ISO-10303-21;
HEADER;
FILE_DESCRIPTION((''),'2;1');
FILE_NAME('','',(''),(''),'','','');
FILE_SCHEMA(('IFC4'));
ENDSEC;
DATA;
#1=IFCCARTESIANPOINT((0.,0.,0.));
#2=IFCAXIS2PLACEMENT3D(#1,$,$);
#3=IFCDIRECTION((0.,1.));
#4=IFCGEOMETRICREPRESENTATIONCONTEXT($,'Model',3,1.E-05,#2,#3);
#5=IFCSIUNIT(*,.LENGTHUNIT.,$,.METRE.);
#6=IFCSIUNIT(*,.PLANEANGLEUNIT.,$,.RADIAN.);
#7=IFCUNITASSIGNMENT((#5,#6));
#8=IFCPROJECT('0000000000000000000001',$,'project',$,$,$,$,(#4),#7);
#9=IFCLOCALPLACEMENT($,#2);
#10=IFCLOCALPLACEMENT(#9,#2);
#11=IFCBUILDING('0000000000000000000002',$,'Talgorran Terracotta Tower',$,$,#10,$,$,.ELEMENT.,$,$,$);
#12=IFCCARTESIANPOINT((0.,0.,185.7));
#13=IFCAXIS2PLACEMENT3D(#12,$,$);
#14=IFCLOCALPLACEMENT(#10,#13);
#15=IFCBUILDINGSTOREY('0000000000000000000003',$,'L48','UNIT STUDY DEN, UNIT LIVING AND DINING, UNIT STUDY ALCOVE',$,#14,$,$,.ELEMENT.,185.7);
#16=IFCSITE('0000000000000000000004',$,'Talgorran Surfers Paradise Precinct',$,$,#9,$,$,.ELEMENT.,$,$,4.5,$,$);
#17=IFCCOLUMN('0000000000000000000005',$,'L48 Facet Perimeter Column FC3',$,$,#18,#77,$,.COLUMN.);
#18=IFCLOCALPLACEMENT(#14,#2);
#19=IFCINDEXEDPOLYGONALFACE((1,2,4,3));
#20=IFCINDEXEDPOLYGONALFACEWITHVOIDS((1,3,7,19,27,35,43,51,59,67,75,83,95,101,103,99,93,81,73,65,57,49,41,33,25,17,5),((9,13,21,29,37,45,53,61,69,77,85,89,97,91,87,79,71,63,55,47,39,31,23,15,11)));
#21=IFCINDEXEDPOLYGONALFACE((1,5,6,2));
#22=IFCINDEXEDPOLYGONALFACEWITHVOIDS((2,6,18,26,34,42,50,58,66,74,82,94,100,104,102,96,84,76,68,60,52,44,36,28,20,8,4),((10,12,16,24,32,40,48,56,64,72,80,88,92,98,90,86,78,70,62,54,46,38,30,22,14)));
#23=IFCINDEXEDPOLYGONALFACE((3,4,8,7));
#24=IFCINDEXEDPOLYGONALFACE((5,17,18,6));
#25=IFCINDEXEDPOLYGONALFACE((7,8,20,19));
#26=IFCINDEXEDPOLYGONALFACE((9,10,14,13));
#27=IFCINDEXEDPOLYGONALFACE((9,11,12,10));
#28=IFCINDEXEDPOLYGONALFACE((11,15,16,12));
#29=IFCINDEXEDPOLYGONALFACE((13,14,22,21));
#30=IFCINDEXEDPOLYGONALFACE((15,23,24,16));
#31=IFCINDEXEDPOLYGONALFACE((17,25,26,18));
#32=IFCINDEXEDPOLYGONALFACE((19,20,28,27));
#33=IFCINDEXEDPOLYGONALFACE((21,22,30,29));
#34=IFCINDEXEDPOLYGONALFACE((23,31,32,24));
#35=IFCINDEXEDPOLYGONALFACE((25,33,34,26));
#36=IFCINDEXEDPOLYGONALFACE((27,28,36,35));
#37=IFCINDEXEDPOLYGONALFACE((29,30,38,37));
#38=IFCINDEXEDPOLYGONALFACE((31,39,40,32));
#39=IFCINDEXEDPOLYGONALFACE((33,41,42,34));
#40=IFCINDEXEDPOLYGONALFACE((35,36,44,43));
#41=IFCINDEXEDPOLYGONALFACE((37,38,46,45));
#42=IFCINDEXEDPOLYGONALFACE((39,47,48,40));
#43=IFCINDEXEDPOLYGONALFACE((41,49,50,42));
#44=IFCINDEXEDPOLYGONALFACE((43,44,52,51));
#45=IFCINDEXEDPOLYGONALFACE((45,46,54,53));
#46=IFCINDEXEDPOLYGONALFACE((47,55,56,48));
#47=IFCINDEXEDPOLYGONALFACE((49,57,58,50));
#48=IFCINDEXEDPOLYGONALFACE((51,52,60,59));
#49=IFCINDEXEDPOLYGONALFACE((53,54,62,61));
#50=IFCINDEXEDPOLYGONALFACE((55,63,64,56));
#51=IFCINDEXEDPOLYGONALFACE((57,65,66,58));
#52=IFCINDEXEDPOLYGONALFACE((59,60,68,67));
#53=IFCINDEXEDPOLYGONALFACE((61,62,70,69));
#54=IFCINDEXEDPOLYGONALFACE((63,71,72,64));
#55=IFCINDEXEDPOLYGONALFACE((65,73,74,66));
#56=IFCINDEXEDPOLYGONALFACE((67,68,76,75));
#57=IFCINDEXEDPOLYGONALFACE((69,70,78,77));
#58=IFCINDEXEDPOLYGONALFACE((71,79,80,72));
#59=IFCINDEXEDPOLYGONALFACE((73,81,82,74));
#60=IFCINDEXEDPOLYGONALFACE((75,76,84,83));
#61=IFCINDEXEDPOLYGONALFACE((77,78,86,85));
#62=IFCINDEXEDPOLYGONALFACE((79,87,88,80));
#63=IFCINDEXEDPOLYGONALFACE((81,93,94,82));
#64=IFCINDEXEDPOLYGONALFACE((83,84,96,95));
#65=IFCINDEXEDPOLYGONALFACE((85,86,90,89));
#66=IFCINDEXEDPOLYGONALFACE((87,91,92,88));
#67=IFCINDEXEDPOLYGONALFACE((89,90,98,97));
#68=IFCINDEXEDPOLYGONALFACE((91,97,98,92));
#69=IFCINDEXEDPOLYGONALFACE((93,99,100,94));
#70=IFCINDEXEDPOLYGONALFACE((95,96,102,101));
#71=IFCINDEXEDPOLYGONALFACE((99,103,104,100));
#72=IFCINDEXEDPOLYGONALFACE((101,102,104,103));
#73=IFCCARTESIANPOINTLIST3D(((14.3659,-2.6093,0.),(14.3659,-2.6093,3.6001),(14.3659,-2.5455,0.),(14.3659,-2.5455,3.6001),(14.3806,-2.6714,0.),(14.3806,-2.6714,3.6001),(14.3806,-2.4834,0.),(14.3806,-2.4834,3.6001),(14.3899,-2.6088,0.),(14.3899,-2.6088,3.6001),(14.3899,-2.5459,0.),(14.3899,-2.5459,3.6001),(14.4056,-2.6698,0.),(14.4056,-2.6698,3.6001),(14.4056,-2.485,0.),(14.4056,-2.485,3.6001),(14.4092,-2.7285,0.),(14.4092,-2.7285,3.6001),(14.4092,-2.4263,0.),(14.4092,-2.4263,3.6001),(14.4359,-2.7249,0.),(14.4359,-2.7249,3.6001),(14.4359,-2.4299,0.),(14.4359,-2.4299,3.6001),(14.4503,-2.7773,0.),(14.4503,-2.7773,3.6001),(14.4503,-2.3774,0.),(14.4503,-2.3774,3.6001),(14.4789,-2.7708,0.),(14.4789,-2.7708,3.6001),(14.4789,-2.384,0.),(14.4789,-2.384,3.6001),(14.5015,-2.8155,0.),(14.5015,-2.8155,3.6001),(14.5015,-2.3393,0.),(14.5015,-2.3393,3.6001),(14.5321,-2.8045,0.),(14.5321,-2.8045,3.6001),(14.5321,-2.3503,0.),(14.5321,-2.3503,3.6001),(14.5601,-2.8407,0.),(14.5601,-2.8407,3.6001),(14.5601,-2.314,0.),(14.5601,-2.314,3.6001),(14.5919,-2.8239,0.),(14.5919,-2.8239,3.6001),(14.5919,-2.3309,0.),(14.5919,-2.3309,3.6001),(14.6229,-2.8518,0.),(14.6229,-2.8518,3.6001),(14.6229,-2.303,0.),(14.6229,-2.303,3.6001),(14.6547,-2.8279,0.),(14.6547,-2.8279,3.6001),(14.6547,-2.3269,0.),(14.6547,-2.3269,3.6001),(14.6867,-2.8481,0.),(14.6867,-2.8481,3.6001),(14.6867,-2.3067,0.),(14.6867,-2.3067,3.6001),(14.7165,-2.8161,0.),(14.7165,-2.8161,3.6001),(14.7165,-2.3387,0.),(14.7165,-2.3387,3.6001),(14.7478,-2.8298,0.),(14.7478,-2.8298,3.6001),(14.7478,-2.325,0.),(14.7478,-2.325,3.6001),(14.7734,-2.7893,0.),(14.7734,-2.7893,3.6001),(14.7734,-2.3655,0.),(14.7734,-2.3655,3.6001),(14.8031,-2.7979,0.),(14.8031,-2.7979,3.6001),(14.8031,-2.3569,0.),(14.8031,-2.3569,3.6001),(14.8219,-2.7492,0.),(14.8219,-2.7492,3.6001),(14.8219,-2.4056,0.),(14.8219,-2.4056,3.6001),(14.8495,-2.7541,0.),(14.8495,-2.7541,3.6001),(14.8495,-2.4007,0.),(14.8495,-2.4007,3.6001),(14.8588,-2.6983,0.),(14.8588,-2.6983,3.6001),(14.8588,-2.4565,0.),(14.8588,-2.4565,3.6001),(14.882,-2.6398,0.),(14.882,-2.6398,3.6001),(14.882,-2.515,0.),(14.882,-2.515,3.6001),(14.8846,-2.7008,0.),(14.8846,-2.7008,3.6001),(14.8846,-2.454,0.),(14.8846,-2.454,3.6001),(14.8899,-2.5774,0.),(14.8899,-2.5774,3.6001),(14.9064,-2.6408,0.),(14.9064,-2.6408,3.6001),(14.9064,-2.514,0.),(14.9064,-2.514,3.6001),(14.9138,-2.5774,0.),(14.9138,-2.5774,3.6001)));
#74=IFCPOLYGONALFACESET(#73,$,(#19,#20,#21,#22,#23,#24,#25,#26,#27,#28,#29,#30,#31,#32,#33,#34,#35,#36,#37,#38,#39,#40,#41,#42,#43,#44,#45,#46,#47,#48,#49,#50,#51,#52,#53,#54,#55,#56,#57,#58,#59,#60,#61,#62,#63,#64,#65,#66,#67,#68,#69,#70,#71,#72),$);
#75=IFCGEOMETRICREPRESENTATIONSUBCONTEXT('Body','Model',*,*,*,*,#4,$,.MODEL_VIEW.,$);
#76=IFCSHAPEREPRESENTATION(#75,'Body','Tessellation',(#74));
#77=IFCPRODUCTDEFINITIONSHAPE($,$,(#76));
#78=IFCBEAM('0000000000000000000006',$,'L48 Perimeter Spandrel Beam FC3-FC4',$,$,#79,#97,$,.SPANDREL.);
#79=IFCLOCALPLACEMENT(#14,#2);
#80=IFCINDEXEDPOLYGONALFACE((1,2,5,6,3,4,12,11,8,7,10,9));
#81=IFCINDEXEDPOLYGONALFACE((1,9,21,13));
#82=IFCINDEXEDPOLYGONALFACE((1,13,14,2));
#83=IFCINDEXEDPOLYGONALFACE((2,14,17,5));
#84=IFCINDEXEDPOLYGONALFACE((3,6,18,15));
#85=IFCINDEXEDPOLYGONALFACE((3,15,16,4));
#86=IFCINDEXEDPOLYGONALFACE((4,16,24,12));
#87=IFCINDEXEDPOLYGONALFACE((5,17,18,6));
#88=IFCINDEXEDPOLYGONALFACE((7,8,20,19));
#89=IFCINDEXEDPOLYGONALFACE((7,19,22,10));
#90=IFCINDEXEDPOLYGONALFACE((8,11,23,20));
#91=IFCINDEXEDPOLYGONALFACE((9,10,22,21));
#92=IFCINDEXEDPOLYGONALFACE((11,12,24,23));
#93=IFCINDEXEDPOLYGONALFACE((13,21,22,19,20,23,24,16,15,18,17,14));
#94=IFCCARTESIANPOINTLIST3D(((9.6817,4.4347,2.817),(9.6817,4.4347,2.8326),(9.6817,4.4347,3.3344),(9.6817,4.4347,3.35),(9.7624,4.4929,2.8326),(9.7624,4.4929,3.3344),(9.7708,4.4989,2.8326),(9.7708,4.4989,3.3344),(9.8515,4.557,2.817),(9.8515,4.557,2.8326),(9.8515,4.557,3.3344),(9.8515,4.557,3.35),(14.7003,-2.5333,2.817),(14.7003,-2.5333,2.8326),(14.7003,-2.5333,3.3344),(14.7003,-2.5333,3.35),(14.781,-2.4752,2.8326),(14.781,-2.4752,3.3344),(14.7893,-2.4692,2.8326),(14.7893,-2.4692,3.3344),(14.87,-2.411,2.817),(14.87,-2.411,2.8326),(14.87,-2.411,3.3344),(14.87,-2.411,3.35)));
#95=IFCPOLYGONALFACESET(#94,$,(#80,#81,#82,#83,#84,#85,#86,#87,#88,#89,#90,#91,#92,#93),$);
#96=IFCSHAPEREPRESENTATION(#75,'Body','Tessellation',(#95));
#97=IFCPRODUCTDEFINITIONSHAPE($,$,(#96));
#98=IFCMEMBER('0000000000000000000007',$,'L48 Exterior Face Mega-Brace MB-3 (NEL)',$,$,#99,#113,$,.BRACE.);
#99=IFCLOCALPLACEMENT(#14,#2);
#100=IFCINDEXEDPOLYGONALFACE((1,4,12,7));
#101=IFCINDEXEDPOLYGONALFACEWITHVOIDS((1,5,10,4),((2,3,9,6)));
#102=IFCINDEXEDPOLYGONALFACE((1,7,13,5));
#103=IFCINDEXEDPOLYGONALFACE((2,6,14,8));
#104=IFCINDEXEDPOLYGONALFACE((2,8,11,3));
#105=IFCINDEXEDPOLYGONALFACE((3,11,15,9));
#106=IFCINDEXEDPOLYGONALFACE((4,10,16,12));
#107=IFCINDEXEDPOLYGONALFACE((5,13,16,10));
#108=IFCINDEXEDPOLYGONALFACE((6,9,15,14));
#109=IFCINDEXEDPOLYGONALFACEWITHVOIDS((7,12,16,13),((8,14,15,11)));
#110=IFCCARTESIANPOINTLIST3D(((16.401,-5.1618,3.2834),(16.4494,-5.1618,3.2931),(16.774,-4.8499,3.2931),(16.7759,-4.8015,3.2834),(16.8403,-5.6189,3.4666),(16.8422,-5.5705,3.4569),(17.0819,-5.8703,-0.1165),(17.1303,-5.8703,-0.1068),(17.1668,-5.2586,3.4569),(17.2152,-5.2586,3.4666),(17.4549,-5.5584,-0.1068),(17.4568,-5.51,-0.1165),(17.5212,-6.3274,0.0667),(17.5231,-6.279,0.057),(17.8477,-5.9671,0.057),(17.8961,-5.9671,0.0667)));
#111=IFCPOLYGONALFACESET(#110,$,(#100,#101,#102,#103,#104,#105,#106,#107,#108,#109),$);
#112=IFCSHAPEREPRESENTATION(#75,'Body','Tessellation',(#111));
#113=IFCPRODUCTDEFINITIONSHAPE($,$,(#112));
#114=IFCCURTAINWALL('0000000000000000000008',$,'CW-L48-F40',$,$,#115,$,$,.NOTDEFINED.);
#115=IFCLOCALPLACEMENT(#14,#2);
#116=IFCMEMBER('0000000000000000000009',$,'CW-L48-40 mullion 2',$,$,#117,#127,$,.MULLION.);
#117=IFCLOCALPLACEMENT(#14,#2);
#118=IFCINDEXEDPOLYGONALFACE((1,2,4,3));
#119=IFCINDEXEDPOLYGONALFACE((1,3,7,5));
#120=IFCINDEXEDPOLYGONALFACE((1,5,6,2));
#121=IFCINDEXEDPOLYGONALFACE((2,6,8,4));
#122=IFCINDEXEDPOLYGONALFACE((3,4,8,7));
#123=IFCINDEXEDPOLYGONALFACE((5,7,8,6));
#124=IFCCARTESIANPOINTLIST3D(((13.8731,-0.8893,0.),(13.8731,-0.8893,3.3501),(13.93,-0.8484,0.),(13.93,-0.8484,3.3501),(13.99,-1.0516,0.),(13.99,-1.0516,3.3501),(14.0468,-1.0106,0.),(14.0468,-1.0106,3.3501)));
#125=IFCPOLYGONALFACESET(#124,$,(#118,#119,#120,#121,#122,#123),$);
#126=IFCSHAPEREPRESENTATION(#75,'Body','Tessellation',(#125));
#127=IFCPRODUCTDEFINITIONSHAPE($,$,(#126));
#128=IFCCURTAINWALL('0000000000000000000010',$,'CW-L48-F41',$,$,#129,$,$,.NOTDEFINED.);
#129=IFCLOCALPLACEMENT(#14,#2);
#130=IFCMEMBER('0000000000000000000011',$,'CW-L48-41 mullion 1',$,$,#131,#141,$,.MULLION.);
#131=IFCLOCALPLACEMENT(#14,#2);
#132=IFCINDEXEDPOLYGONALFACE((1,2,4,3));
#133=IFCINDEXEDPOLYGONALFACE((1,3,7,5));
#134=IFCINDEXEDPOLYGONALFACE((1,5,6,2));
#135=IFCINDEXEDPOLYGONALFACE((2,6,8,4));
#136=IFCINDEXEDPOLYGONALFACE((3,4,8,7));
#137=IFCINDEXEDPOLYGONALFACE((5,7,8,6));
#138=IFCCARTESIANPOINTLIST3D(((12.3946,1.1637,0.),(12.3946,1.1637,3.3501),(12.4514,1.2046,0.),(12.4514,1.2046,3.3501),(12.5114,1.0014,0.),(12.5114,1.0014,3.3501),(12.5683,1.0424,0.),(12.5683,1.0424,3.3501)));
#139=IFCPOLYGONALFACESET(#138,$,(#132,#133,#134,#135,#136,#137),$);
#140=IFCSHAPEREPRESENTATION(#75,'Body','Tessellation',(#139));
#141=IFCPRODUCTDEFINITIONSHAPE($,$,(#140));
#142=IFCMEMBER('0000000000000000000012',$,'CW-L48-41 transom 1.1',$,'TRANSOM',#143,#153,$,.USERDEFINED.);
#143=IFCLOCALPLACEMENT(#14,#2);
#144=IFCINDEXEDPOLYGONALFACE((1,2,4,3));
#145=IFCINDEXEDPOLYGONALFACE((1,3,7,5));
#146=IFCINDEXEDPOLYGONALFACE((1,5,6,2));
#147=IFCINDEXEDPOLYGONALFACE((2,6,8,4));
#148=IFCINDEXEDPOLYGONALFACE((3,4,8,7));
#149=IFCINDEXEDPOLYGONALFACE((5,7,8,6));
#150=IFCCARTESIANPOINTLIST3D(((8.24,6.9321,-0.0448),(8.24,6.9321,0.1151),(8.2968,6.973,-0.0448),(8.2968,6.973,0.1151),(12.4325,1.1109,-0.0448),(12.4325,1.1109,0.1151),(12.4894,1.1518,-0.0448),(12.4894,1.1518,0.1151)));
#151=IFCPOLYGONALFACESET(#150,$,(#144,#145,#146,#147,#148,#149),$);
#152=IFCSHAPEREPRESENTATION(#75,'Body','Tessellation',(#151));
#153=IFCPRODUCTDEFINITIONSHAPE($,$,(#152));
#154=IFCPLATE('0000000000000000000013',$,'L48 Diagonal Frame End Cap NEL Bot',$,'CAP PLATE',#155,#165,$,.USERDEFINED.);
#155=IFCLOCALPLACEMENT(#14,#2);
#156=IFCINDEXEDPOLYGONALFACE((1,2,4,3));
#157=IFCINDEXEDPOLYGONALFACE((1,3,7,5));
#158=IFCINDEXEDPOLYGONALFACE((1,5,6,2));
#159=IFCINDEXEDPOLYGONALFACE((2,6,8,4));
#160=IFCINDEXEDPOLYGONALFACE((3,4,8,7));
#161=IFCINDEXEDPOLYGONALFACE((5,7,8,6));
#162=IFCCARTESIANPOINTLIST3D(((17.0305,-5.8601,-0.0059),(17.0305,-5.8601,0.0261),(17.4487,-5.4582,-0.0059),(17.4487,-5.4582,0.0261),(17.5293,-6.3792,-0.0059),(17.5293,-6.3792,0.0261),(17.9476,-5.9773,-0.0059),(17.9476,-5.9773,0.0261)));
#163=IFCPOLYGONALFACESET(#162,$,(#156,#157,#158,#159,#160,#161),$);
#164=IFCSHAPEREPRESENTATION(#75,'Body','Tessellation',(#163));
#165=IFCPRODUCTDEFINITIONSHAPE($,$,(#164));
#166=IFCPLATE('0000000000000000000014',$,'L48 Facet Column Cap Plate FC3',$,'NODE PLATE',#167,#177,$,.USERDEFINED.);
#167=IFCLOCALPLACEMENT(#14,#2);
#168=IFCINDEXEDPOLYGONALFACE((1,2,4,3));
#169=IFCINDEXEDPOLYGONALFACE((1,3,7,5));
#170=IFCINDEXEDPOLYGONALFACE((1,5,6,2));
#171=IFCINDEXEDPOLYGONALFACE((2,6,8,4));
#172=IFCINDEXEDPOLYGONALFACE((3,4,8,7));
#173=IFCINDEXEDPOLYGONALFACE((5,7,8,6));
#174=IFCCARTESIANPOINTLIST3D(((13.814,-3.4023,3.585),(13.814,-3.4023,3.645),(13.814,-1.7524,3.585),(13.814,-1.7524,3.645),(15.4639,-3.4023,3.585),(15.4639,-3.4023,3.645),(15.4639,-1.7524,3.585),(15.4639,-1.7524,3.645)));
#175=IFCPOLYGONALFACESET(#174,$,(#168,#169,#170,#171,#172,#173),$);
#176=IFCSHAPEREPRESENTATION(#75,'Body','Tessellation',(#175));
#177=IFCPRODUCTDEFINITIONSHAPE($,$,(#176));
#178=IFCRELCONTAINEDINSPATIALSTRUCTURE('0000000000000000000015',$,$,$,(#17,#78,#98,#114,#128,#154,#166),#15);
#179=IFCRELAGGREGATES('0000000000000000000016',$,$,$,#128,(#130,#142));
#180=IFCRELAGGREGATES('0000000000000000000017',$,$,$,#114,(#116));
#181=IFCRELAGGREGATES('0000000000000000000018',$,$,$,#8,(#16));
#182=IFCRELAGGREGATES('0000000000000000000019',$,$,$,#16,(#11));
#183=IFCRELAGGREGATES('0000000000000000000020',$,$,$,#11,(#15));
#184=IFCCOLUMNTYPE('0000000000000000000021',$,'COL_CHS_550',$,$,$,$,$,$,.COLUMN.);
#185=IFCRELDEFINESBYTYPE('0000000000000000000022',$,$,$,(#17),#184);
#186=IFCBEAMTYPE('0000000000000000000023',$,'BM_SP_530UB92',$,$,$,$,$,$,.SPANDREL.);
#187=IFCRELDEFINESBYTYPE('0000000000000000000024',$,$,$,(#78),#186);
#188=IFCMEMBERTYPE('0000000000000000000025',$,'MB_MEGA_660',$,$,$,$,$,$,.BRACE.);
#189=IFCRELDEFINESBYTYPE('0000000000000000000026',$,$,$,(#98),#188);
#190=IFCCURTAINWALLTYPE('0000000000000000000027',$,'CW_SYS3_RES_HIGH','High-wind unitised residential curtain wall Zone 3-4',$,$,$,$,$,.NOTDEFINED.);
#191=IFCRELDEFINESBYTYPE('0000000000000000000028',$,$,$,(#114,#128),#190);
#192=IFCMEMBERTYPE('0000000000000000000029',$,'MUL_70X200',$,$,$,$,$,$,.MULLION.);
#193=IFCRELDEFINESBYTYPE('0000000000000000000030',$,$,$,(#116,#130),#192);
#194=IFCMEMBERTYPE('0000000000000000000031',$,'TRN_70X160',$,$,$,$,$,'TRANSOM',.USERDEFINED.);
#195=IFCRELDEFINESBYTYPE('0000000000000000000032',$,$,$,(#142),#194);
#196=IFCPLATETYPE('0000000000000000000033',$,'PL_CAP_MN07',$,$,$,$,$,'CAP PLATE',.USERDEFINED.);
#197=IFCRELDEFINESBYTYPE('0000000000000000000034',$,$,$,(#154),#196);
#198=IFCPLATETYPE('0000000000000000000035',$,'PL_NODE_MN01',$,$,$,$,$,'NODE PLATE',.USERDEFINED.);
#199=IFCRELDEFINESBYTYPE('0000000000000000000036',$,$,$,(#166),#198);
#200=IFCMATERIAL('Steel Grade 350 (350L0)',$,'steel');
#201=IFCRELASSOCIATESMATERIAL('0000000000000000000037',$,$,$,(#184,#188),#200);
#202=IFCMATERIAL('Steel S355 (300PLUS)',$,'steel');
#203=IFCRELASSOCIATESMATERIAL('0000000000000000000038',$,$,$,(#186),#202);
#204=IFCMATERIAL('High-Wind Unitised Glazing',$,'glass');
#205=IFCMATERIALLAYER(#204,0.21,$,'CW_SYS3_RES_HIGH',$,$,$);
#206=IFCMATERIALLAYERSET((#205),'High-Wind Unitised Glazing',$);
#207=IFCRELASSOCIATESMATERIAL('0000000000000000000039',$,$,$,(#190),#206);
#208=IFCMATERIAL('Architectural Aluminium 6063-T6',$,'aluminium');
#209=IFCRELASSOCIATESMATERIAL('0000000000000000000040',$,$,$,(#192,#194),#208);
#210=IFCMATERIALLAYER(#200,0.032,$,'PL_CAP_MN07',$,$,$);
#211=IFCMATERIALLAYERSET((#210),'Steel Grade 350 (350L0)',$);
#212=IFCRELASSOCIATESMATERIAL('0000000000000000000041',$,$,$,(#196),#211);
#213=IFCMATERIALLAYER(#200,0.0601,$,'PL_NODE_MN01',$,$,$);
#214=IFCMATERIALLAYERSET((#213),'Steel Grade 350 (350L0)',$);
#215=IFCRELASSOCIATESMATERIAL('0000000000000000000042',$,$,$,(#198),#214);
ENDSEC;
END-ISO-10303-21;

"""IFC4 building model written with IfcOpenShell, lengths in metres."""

from ifc_helpers import new_model, si_unit, direction, frame, origin, origin_2d, place, context, subcontext, project, spatial, rectangle, hollow_rectangle, hollow_circle, i_section, extrude, material, layer, layer_set, material_profile, profile_set, type_object, element, aggregate, save


model = new_model("IFC4")

# Units and contexts
model_context = context("Model", 3, precision=1e-05, world=origin(), true_north=direction((0.0, 1.0)))
body_context = subcontext(model_context, "Body", "Model", "MODEL_VIEW")
ifc_project = project(units=[si_unit("LENGTHUNIT", "METRE"), si_unit("PLANEANGLEUNIT", "RADIAN")], contexts=[model_context])

# Site, building, storey
site_placement = place(None, origin())
site = spatial("IfcSite", under=ifc_project, at=site_placement, Name="Talgorran Surfers Paradise Precinct", CompositionType="ELEMENT", RefElevation=4.5)
building_placement = place(site_placement, origin())
building = spatial("IfcBuilding", under=site, at=building_placement, Name="Talgorran Terracotta Tower", CompositionType="ELEMENT")
storey_placement = place(building_placement, frame((0.0, 0.0, 185.7)))
storey = spatial("IfcBuildingStorey", under=building, at=storey_placement, Name="L48", Description="UNIT STUDY DEN, UNIT LIVING AND DINING, UNIT STUDY ALCOVE", CompositionType="ELEMENT", Elevation=185.7)

# Column
ifc_material_1 = material(Name="Steel Grade 350 (350L0)", Category="steel")
ifc_material_profile_1 = material_profile(ifc_material_1, hollow_circle(Radius=0.2749, WallThickness=0.0239, at=origin_2d()), Name="CHS550X24")
ifc_profile_set_1 = profile_set([ifc_material_profile_1], Name="Steel Grade 350 (350L0)")
column_type = type_object("IfcColumnType", Name="COL_CHS_550", PredefinedType="COLUMN", material=ifc_profile_set_1)
column_placement = place(storey_placement, frame((14.6389, -2.5774, 0.0), z_axis=(0.0, 0.0, 1.0), x_axis=(1.0, 0.0, 0.0)))
element("IfcColumn", 1, at=column_placement, inside=storey, type_object=column_type, Name="L48 Facet Perimeter Column FC3", PredefinedType="COLUMN", context=body_context, shape_type="SweptSolid", body=[
    extrude(hollow_circle(Radius=0.2749, WallThickness=0.0239, at=origin_2d()), origin(), (0.0, 0.0, 1.0), 3.6001),
])

# Beam
ifc_material_2 = material(Name="Steel S355 (300PLUS)", Category="steel")
ifc_material_profile_2 = material_profile(ifc_material_2, i_section(OverallWidth=0.2092, OverallDepth=0.533, WebThickness=0.0103, FlangeThickness=0.0156, at=origin_2d()), Name="530UB92.4")
ifc_profile_set_2 = profile_set([ifc_material_profile_2], Name="Steel S355 (300PLUS)")
beam_type = type_object("IfcBeamType", Name="BM_SP_530UB92", PredefinedType="SPANDREL", material=ifc_profile_set_2)
beam_placement = place(storey_placement, frame((14.7852, -2.4722, 3.0835), z_axis=(-0.584426, 0.811447, 0.0), x_axis=(-0.811447, -0.584426, 0.0)))
element("IfcBeam", 2, at=beam_placement, inside=storey, type_object=beam_type, Name="L48 Perimeter Spandrel Beam FC3-FC4", PredefinedType="SPANDREL", context=body_context, shape_type="SweptSolid", body=[
    extrude(i_section(OverallWidth=0.2092, OverallDepth=0.533, WebThickness=0.0103, FlangeThickness=0.0156, at=origin_2d()), origin(), (0.0, 0.0, 1.0), 8.5872),
])

# Member
ifc_material_profile_3 = material_profile(ifc_material_1, hollow_rectangle(XDim=0.52, YDim=0.6599, WallThickness=0.0349, at=origin_2d()), Name="WBOX660X520X35")
ifc_profile_set_3 = profile_set([ifc_material_profile_3], Name="Steel Grade 350 (350L0)")
member_type_1 = type_object("IfcMemberType", Name="MB_MEGA_660", PredefinedType="BRACE", material=ifc_profile_set_3)
member_1_placement = place(storey_placement, frame((17.489, -5.9187, -0.0249), z_axis=(-0.192398, 0.200193, 0.96068), x_axis=(-0.721005, -0.69293, 0.0)))
element("IfcMember", 3, at=member_1_placement, inside=storey, type_object=member_type_1, Name="L48 Exterior Face Mega-Brace MB-3 (NEL)", PredefinedType="BRACE", context=body_context, shape_type="SweptSolid", body=[
    extrude(hollow_rectangle(XDim=0.52, YDim=0.6599, WallThickness=0.0349, at=origin_2d()), origin(), (0.0, 0.0, 1.0), 3.5391),
])

# Curtain wall, member
ifc_material_3 = material(Name="High-Wind Unitised Glazing", Category="glass")
ifc_layer_1 = layer(ifc_material_3, 0.21, Name="CW_SYS3_RES_HIGH")
ifc_layer_set_1 = layer_set([ifc_layer_1], Name="High-Wind Unitised Glazing")
curtain_wall_type = type_object("IfcCurtainWallType", Name="CW_SYS3_RES_HIGH", Description="High-wind unitised residential curtain wall Zone 3-4", PredefinedType="NOTDEFINED", material=ifc_layer_set_1)
curtain_wall_1_placement = place(storey_placement, origin())
curtain_wall_1 = element("IfcCurtainWall", 4, at=curtain_wall_1_placement, inside=storey, type_object=curtain_wall_type, Name="CW-L48-F40", PredefinedType="NOTDEFINED")
ifc_material_4 = material(Name="Architectural Aluminium 6063-T6", Category="aluminium")
ifc_material_profile_4 = material_profile(ifc_material_4, rectangle(XDim=0.0701, YDim=0.2, at=origin_2d()), Name="CWM70X200")
ifc_profile_set_4 = profile_set([ifc_material_profile_4], Name="Architectural Aluminium 6063-T6")
member_type_2 = type_object("IfcMemberType", Name="MUL_70X200", PredefinedType="MULLION", material=ifc_profile_set_4)
member_2_placement = place(storey_placement, frame((13.96, -0.95, 0.0), z_axis=(0.0, 0.0, 1.0), x_axis=(-0.811461, -0.584406, 0.0)))
member_2 = element("IfcMember", 5, at=member_2_placement, type_object=member_type_2, Name="CW-L48-40 mullion 2", PredefinedType="MULLION", context=body_context, shape_type="SweptSolid", body=[
    extrude(rectangle(XDim=0.0701, YDim=0.2, at=origin_2d()), origin(), (0.0, 0.0, 1.0), 3.3501),
])

# Curtain wall, members
curtain_wall_2_placement = place(storey_placement, origin())
curtain_wall_2 = element("IfcCurtainWall", 6, at=curtain_wall_2_placement, inside=storey, type_object=curtain_wall_type, Name="CW-L48-F41", PredefinedType="NOTDEFINED")
member_3_placement = place(storey_placement, frame((12.4814, 1.103, 0.0), z_axis=(0.0, 0.0, 1.0), x_axis=(-0.811458, -0.584411, 0.0)))
member_3 = element("IfcMember", 7, at=member_3_placement, type_object=member_type_2, Name="CW-L48-41 mullion 1", PredefinedType="MULLION", context=body_context, shape_type="SweptSolid", body=[
    extrude(rectangle(XDim=0.0701, YDim=0.2, at=origin_2d()), origin(), (0.0, 0.0, 1.0), 3.3501),
])
ifc_material_profile_5 = material_profile(ifc_material_4, rectangle(XDim=0.0701, YDim=0.1599, at=origin_2d()), Name="CWT70X160")
ifc_profile_set_5 = profile_set([ifc_material_profile_5], Name="Architectural Aluminium 6063-T6")
member_type_3 = type_object("IfcMemberType", Name="TRN_70X160", ElementType="TRANSOM", PredefinedType="USERDEFINED", material=ifc_profile_set_5)
member_4_placement = place(storey_placement, frame((12.4609, 1.1313, 0.0352), z_axis=(-0.584424, 0.811448, 0.0), x_axis=(-0.811448, -0.584424, 0.0)))
member_4 = element("IfcMember", 8, at=member_4_placement, type_object=member_type_3, Name="CW-L48-41 transom 1.1", ObjectType="TRANSOM", PredefinedType="USERDEFINED", context=body_context, shape_type="SweptSolid", body=[
    extrude(rectangle(XDim=0.0701, YDim=0.1599, at=origin_2d()), origin(), (0.0, 0.0, 1.0), 7.1738),
])
aggregate(curtain_wall_2, [member_3, member_4])

# Plates
ifc_layer_2 = layer(ifc_material_1, 0.032, Name="PL_CAP_MN07")
ifc_layer_set_2 = layer_set([ifc_layer_2], Name="Steel Grade 350 (350L0)")
plate_type_1 = type_object("IfcPlateType", Name="PL_CAP_MN07", ElementType="CAP PLATE", PredefinedType="USERDEFINED", material=ifc_layer_set_2)
plate_1_placement = place(storey_placement, frame((17.489, -5.9187, -0.0059), z_axis=(0.0, 0.0, 1.0), x_axis=(-0.692899, 0.721035, 0.0)))
element("IfcPlate", 9, at=plate_1_placement, inside=storey, type_object=plate_type_1, Name="L48 Diagonal Frame End Cap NEL Bot", ObjectType="CAP PLATE", PredefinedType="USERDEFINED", context=body_context, shape_type="SweptSolid", body=[
    extrude(rectangle(XDim=0.72, YDim=0.5801, at=origin_2d()), origin(), (0.0, 0.0, 1.0), 0.032),
])
ifc_layer_3 = layer(ifc_material_1, 0.0601, Name="PL_NODE_MN01")
ifc_layer_set_3 = layer_set([ifc_layer_3], Name="Steel Grade 350 (350L0)")
plate_type_2 = type_object("IfcPlateType", Name="PL_NODE_MN01", ElementType="NODE PLATE", PredefinedType="USERDEFINED", material=ifc_layer_set_3)
plate_2_placement = place(storey_placement, frame((14.6389, -2.5774, 3.585), z_axis=(0.0, 0.0, 1.0), x_axis=(1.0, 0.0, 0.0)))
element("IfcPlate", 10, at=plate_2_placement, inside=storey, type_object=plate_type_2, Name="L48 Facet Column Cap Plate FC3", ObjectType="NODE PLATE", PredefinedType="USERDEFINED", context=body_context, shape_type="SweptSolid", body=[
    extrude(rectangle(XDim=1.6499, YDim=1.6499, at=origin_2d()), origin(), (0.0, 0.0, 1.0), 0.0601),
])

aggregate(curtain_wall_1, [member_2])

save(model, "model.ifc")
